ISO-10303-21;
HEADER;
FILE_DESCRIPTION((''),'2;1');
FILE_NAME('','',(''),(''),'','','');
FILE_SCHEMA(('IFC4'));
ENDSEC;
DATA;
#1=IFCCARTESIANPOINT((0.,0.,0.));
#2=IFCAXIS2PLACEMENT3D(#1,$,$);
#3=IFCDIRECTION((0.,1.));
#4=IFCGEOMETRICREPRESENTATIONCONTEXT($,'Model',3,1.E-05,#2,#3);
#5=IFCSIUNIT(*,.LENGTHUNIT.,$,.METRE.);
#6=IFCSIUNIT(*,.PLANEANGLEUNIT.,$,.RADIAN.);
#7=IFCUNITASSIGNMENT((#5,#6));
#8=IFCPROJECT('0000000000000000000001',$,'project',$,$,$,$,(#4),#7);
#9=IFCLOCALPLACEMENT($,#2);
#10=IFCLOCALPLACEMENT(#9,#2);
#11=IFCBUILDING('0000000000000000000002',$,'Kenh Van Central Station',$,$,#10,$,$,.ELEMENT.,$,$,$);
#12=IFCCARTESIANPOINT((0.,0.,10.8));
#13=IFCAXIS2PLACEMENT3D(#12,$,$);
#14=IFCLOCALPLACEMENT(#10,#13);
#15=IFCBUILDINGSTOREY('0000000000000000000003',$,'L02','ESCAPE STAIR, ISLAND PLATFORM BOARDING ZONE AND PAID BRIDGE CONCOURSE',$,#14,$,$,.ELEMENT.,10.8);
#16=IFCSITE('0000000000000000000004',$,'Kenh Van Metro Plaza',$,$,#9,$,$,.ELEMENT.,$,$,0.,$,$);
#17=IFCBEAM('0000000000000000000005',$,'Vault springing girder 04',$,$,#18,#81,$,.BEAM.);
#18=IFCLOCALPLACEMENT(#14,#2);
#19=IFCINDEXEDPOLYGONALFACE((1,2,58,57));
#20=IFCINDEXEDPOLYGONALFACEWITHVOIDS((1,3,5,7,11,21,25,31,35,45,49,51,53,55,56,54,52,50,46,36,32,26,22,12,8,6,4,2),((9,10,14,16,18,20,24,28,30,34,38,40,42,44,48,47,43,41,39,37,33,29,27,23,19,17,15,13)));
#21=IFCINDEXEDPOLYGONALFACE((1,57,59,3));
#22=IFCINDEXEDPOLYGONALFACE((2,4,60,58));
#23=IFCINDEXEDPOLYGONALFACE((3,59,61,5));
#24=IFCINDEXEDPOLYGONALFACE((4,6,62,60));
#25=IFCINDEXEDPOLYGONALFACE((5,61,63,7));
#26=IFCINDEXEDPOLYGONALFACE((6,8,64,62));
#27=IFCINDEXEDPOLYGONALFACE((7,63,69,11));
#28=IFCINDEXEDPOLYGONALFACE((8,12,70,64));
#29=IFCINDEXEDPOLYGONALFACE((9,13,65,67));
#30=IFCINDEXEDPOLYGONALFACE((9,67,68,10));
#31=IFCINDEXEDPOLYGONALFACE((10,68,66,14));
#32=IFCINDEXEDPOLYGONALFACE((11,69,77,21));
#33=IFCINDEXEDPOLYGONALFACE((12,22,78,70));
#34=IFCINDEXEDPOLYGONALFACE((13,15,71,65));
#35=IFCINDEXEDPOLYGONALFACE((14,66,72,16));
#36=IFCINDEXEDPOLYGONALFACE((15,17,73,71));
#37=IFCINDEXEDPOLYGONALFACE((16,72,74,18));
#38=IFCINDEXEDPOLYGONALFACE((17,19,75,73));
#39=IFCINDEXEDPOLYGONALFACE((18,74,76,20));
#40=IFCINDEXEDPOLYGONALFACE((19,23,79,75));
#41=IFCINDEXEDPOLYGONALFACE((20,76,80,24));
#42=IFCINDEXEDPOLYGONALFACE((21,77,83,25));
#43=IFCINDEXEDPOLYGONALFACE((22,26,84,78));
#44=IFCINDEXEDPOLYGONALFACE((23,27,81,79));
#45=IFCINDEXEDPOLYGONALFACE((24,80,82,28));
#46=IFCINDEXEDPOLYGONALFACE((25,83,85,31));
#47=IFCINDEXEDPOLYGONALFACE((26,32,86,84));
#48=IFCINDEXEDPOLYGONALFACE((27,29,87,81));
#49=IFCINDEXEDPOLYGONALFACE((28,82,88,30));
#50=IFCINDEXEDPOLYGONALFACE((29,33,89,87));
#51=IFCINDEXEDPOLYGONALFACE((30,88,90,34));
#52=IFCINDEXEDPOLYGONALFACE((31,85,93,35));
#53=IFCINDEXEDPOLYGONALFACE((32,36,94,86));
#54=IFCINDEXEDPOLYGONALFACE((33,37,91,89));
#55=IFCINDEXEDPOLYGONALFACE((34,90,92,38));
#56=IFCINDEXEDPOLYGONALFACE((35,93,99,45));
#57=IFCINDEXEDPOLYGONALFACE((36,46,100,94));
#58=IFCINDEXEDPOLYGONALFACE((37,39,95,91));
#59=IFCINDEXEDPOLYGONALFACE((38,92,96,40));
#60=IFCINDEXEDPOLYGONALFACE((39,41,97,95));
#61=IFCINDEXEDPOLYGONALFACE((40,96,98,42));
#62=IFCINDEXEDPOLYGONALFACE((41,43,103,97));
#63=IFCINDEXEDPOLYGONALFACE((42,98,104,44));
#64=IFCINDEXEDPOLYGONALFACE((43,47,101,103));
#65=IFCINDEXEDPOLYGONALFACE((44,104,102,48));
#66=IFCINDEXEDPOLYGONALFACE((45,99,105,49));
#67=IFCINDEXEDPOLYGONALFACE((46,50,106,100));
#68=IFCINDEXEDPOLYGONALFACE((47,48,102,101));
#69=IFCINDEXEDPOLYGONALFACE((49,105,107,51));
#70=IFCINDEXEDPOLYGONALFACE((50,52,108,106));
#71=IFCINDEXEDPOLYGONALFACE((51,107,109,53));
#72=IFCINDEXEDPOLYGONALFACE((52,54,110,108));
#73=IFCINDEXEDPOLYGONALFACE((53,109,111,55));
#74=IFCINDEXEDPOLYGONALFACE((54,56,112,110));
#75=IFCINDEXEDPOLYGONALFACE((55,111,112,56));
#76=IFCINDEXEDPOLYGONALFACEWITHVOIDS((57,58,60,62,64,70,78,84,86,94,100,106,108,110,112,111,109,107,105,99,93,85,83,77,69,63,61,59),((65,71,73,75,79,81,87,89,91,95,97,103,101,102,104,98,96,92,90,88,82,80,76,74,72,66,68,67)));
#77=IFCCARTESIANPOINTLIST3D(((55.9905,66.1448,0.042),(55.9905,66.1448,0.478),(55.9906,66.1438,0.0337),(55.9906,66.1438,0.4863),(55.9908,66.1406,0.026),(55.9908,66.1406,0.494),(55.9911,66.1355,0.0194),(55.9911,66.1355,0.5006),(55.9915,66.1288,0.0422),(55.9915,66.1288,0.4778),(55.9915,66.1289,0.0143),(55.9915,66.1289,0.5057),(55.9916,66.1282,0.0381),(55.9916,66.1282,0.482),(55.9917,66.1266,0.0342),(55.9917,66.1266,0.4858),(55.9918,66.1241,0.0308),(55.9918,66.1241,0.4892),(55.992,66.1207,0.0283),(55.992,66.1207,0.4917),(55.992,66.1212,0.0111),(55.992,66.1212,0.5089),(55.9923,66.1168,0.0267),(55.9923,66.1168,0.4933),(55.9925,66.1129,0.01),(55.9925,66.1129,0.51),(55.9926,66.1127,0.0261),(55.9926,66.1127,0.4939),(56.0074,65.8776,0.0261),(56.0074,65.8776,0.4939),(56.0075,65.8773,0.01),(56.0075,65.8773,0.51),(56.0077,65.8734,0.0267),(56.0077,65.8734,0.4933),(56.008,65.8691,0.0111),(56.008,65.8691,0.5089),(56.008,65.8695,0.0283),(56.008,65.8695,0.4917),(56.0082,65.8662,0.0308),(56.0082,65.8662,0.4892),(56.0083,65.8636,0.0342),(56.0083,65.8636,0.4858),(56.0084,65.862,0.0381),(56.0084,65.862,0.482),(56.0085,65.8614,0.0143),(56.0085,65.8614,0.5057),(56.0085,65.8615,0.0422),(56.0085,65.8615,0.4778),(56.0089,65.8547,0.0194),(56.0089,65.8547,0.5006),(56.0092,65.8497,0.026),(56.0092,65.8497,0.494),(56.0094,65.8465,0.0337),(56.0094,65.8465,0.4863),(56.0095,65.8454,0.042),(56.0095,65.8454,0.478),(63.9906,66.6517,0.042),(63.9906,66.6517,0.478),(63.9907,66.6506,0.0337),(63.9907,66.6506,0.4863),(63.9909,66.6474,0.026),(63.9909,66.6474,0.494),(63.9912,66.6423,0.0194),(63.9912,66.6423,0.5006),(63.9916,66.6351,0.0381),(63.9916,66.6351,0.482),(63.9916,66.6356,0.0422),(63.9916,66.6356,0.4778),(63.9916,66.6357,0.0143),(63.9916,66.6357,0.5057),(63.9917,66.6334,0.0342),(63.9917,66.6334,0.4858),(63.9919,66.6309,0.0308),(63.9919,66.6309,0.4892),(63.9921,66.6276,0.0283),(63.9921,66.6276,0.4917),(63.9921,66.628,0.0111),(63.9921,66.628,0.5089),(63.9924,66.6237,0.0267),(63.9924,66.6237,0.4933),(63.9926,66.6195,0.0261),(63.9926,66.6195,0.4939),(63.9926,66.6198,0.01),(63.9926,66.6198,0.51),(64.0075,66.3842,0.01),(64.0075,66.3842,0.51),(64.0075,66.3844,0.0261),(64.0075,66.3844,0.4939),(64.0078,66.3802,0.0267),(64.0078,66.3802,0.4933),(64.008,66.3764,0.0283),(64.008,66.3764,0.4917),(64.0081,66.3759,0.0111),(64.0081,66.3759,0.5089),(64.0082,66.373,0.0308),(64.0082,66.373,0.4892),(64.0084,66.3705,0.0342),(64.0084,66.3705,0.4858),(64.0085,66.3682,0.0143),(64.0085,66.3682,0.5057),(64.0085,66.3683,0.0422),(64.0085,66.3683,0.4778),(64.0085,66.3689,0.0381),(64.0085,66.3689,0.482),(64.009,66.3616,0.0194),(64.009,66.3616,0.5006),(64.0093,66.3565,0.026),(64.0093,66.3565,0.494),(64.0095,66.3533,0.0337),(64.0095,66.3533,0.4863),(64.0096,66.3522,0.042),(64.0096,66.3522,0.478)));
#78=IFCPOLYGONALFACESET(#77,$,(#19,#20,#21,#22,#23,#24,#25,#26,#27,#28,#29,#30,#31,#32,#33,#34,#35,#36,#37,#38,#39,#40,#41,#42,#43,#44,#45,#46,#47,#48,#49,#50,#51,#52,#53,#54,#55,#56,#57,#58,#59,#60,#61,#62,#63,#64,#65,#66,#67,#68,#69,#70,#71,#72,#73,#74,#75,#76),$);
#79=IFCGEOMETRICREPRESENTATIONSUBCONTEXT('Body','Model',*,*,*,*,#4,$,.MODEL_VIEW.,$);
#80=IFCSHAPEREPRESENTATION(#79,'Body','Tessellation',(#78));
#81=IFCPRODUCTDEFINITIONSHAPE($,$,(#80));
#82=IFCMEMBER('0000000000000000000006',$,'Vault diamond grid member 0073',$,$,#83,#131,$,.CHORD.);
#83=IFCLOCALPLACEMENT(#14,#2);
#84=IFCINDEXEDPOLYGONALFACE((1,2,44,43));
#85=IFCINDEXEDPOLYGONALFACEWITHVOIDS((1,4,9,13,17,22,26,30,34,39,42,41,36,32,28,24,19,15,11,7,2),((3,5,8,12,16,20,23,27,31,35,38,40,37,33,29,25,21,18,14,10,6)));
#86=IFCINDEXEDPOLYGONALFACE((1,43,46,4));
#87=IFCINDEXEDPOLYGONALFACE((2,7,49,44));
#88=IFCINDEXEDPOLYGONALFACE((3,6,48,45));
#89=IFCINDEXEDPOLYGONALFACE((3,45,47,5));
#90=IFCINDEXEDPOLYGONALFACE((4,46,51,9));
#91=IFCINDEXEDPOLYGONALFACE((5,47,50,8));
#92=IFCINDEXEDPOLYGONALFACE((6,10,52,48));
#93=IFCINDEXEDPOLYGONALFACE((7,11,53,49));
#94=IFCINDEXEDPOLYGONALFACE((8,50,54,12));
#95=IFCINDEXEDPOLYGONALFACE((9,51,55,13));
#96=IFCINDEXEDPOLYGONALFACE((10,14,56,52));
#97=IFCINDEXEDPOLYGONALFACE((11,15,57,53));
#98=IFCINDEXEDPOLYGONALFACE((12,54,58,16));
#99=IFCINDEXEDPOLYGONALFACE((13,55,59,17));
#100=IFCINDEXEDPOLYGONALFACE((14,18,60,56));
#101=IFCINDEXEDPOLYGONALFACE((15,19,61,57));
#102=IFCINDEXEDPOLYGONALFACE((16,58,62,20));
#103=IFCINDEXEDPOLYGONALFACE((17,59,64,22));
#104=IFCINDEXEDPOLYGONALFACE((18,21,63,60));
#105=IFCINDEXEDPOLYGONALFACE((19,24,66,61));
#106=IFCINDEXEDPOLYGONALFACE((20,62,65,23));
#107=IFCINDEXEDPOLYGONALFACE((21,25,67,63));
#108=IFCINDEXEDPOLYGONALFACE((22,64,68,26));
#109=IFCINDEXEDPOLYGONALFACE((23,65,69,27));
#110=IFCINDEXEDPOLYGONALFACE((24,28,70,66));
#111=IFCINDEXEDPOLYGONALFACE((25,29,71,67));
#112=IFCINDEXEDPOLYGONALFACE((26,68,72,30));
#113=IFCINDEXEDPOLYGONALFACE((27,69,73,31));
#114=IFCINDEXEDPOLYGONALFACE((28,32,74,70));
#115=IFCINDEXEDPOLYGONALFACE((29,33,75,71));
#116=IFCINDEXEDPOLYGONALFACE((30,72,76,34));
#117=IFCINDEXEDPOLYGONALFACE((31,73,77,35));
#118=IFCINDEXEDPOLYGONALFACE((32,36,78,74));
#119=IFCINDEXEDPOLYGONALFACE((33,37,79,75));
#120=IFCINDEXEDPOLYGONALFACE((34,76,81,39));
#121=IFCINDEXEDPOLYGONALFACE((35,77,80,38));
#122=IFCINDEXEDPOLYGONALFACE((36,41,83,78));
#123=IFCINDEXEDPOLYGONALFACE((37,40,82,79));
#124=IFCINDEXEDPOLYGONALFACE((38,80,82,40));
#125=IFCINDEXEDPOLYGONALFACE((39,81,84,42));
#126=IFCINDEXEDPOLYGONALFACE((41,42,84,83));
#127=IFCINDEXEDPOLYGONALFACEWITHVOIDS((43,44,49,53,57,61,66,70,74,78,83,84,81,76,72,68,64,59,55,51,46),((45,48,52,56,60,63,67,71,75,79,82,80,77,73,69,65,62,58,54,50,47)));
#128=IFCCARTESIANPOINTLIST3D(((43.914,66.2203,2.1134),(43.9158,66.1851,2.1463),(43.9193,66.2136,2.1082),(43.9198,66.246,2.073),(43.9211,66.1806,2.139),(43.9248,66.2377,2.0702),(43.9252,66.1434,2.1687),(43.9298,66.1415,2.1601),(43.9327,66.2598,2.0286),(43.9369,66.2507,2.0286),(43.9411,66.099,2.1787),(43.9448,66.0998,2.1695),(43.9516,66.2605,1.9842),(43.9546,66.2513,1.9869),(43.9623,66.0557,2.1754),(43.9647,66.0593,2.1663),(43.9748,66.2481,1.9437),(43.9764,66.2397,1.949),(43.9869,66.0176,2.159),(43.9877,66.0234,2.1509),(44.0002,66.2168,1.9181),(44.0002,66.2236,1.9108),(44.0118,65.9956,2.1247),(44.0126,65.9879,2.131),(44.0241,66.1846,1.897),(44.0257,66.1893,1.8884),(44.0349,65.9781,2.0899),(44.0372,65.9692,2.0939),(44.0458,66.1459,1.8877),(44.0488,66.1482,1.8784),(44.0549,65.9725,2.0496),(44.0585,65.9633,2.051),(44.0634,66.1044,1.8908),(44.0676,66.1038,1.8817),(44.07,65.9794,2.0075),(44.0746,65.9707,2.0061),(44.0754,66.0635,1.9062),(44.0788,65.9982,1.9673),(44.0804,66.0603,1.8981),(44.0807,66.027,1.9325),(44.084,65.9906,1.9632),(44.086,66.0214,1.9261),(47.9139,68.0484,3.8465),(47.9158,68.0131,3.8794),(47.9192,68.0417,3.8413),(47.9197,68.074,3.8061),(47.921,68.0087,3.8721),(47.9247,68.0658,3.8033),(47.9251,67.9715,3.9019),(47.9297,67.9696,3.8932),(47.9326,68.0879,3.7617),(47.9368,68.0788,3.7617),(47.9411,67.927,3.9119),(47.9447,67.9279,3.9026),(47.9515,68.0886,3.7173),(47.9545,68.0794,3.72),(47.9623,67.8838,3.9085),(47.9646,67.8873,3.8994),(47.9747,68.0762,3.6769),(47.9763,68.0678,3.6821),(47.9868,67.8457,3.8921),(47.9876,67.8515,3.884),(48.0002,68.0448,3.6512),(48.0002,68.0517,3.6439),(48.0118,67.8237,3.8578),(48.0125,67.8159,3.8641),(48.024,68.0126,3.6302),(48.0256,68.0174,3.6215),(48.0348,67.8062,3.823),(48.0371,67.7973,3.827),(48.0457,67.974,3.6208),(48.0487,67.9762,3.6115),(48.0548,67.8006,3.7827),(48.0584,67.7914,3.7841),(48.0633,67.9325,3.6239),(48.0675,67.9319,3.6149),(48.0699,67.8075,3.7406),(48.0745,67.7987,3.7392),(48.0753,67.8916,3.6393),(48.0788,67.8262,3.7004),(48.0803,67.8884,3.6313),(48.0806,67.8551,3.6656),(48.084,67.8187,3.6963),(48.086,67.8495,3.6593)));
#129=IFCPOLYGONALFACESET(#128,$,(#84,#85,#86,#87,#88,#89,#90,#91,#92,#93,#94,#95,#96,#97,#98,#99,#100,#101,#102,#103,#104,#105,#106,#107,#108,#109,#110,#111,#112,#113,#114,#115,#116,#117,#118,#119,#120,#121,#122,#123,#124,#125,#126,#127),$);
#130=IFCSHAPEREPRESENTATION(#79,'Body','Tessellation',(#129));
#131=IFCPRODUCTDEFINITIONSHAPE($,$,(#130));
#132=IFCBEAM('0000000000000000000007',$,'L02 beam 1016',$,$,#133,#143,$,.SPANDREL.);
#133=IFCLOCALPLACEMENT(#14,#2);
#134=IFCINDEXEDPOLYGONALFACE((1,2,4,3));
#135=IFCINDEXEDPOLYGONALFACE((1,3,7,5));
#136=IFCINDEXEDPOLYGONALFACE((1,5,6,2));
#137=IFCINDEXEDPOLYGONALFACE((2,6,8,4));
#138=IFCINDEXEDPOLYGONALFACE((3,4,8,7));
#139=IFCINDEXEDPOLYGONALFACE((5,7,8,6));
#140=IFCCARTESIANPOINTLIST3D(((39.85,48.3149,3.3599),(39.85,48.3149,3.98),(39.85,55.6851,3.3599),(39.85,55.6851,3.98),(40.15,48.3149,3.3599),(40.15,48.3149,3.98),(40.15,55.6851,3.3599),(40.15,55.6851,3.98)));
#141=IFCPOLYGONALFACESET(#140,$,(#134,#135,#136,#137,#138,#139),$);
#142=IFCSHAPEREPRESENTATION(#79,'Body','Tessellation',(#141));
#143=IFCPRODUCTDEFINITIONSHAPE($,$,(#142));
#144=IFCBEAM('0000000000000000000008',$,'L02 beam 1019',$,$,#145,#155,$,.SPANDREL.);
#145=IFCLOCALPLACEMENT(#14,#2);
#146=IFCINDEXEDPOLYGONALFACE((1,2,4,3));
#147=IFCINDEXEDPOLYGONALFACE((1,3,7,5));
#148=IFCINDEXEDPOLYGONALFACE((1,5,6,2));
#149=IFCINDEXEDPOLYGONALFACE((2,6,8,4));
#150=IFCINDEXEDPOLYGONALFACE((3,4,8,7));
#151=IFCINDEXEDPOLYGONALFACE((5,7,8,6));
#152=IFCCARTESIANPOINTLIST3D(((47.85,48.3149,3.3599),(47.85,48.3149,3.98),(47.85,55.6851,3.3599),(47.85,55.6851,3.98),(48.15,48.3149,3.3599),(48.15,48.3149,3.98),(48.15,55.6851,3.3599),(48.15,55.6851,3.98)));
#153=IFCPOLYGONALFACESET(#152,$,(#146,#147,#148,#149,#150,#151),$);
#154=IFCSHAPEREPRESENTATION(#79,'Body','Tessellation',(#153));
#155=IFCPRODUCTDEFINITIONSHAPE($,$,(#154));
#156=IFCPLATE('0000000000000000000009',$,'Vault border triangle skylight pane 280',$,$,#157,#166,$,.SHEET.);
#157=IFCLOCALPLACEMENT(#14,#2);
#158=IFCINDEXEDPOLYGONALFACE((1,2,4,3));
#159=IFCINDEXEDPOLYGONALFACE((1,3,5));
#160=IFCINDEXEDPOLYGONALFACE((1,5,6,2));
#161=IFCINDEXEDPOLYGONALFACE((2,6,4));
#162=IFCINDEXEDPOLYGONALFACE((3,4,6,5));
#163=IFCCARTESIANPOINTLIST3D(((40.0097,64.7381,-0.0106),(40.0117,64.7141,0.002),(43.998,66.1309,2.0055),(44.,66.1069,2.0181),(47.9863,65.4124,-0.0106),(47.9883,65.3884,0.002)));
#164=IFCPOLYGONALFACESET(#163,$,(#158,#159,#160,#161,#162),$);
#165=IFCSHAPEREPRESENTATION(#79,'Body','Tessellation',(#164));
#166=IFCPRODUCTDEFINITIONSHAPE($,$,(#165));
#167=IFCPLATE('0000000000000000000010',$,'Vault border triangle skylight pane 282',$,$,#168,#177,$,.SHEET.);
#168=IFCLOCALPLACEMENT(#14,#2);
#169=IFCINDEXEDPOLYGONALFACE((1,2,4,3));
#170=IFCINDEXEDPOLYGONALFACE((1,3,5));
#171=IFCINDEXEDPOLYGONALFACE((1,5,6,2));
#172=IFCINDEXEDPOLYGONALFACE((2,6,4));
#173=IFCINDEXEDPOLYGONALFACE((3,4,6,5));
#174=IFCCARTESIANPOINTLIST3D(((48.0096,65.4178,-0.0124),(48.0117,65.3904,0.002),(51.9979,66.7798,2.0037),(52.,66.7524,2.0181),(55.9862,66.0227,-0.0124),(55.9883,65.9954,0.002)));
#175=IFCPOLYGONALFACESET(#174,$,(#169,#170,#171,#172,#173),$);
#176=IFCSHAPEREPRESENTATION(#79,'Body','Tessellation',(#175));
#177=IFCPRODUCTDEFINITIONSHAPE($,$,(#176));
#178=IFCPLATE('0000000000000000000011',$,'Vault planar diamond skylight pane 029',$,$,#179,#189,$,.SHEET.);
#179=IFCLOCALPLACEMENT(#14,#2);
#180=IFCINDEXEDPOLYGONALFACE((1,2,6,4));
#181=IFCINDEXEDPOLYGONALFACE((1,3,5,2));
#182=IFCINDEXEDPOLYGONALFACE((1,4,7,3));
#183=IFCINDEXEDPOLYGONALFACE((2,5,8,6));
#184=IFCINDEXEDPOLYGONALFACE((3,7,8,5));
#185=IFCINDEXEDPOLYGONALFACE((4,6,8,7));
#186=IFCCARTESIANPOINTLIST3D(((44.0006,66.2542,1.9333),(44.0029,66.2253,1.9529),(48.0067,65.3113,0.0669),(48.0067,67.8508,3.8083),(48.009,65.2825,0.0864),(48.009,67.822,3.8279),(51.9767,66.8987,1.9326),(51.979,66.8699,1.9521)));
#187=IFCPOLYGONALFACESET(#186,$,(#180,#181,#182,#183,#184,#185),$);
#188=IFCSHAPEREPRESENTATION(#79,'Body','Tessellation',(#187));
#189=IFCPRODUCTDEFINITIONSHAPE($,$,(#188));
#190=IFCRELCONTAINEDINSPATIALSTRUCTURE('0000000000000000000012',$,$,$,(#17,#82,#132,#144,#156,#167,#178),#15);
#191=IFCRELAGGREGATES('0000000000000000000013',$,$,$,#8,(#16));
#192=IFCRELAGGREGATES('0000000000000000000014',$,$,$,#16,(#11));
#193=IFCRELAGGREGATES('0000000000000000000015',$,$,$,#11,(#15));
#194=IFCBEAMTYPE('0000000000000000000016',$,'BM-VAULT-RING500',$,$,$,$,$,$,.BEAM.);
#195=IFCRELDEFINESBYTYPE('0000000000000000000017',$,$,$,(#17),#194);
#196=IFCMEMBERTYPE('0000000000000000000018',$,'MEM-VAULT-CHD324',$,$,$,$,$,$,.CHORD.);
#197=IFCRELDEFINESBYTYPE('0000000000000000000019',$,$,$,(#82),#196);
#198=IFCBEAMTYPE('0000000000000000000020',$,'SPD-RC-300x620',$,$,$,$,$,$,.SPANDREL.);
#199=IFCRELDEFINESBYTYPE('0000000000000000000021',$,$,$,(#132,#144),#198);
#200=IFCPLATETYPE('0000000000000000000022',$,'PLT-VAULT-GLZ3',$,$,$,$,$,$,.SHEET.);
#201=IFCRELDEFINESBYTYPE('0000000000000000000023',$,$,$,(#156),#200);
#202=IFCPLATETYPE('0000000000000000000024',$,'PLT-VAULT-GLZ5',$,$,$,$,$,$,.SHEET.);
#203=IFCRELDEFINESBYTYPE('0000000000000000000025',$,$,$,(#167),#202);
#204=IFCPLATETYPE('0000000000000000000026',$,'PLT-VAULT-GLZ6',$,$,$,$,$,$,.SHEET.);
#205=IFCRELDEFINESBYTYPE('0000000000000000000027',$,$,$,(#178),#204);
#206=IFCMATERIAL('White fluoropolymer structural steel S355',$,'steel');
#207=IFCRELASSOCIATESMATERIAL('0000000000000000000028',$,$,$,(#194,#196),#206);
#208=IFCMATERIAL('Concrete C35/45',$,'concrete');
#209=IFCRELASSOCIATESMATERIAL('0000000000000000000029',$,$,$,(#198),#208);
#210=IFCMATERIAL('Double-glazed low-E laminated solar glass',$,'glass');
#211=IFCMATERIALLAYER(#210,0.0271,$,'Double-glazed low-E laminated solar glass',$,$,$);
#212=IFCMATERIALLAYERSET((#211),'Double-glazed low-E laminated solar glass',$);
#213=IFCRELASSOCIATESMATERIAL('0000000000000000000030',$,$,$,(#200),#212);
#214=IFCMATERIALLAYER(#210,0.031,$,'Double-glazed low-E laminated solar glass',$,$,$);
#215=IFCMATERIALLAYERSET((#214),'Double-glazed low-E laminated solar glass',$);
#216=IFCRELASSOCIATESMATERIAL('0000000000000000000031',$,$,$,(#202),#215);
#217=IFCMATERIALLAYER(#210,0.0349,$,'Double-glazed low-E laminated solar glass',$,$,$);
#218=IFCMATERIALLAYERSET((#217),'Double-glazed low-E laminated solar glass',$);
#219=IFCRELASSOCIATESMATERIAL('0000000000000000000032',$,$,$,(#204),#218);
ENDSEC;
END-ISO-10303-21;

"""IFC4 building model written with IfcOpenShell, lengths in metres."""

from ifc_helpers import new_model, si_unit, direction, frame, origin, origin_2d, place, context, subcontext, project, spatial, polyline, rectangle, hollow_rectangle, hollow_circle, outline, extrude, material, layer, layer_set, material_profile, profile_set, type_object, element, save


model = new_model("IFC4")

# Units and contexts
model_context = context("Model", 3, precision=1e-05, world=origin(), true_north=direction((0.0, 1.0)))
body_context = subcontext(model_context, "Body", "Model", "MODEL_VIEW")
ifc_project = project(units=[si_unit("LENGTHUNIT", "METRE"), si_unit("PLANEANGLEUNIT", "RADIAN")], contexts=[model_context])

# Site, building, storey
site_placement = place(None, origin())
site = spatial("IfcSite", under=ifc_project, at=site_placement, Name="Kenh Van Metro Plaza", CompositionType="ELEMENT", RefElevation=0.0)
building_placement = place(site_placement, origin())
building = spatial("IfcBuilding", under=site, at=building_placement, Name="Kenh Van Central Station", CompositionType="ELEMENT")
storey_placement = place(building_placement, frame((0.0, 0.0, 10.8)))
storey = spatial("IfcBuildingStorey", under=building, at=storey_placement, Name="L02", Description="ESCAPE STAIR, ISLAND PLATFORM BOARDING ZONE AND PAID BRIDGE CONCOURSE", CompositionType="ELEMENT", Elevation=10.8)

# Shared definitions
ifc_material_1 = material(Name="Concrete C35/45", Category="concrete")

# Beam
ifc_material_2 = material(Name="White fluoropolymer structural steel S355", Category="steel")
ifc_material_profile_1 = material_profile(ifc_material_2, hollow_rectangle(XDim=0.3, YDim=0.5, WallThickness=0.0161, InnerFilletRadius=0.0161, OuterFilletRadius=0.032, at=origin_2d()), Name="RHS 500x300x16")
ifc_profile_set_1 = profile_set([ifc_material_profile_1], Name="White fluoropolymer structural steel S355")
beam_type_1 = type_object("IfcBeamType", Name="BM-VAULT-RING500", PredefinedType="BEAM", material=ifc_profile_set_1)
beam_1_placement = place(storey_placement, frame((56.0, 65.9951, 0.26), z_axis=(0.997999, 0.063228, 0.0), x_axis=(-0.063228, 0.997999, 0.0)))
element("IfcBeam", 1, at=beam_1_placement, inside=storey, type_object=beam_type_1, Name="Vault springing girder 04", PredefinedType="BEAM", context=body_context, shape_type="SweptSolid", body=[
    extrude(hollow_rectangle(XDim=0.3, YDim=0.5, WallThickness=0.0161, InnerFilletRadius=0.0161, OuterFilletRadius=0.032, at=origin_2d()), origin(), (0.0, 0.0, 1.0), 8.0161),
])

# Member
ifc_material_profile_2 = material_profile(ifc_material_2, hollow_circle(Radius=0.1619, WallThickness=0.01, at=origin_2d()), Name="CHS 323.9x10")
ifc_profile_set_2 = profile_set([ifc_material_profile_2], Name="White fluoropolymer structural steel S355")
member_type = type_object("IfcMemberType", Name="MEM-VAULT-CHD324", PredefinedType="CHORD", material=ifc_profile_set_2)
member_placement = place(storey_placement, frame((44.0, 66.1125, 2.0286), z_axis=(0.846177, 0.38673, 0.366639), x_axis=(-0.415676, 0.909513, 0.0)))
element("IfcMember", 2, at=member_placement, inside=storey, type_object=member_type, Name="Vault diamond grid member 0073", PredefinedType="CHORD", context=body_context, shape_type="SweptSolid", body=[
    extrude(hollow_circle(Radius=0.1619, WallThickness=0.01, at=origin_2d()), origin(), (0.0, 0.0, 1.0), 4.7271),
])

# Beams
ifc_material_profile_3 = material_profile(ifc_material_1, rectangle(XDim=0.3, YDim=0.6201, at=origin_2d()), Name="RC 300x620")
ifc_profile_set_3 = profile_set([ifc_material_profile_3], Name="Concrete C35/45")
beam_type_2 = type_object("IfcBeamType", Name="SPD-RC-300x620", PredefinedType="SPANDREL", material=ifc_profile_set_3)
for number, where, z_axis, x_axis, name in (
    (3, (40.0, 48.3149, 3.6699), (0.0, 1.0, 0.0), (-1.0, 0.0, 0.0), "L02 beam 1016"),
    (4, (48.0, 48.3149, 3.6699), (0.0, 1.0, 0.0), (-1.0, 0.0, 0.0), "L02 beam 1019"),
):
    element("IfcBeam", number, at=place(storey_placement, frame(where, z_axis=z_axis, x_axis=x_axis)), inside=storey, type_object=beam_type_2, Name=name, PredefinedType="SPANDREL", context=body_context, shape_type="SweptSolid", body=[
        extrude(rectangle(XDim=0.3, YDim=0.6201, at=origin_2d()), origin(), (0.0, 0.0, 1.0), 7.3701),
    ])

# Plates
ifc_material_3 = material(Name="Double-glazed low-E laminated solar glass", Category="glass")
ifc_layer_1 = layer(ifc_material_3, 0.0271, Name="Double-glazed low-E laminated solar glass")
ifc_layer_set_1 = layer_set([ifc_layer_1], Name="Double-glazed low-E laminated solar glass")
plate_type_1 = type_object("IfcPlateType", Name="PLT-VAULT-GLZ3", PredefinedType="SHEET", material=ifc_layer_set_1)
plate_1_placement = place(storey_placement, frame((40.0117, 64.7141, 0.002), z_axis=(0.074683, -0.883429, 0.462575), x_axis=(0.996446, 0.084237, 0.0)))
element("IfcPlate", 5, at=plate_1_placement, inside=storey, type_object=plate_type_1, Name="Vault border triangle skylight pane 280", PredefinedType="SHEET", context=body_context, shape_type="SweptSolid", body=[
    extrude(outline(polyline([(0.0, 0.0), (8.005, 0.0), (4.0914, 2.274), (0.0, 0.0)])), origin(), (0.0, 0.0, -1.0), 0.0271),
])
ifc_layer_2 = layer(ifc_material_3, 0.031, Name="Double-glazed low-E laminated solar glass")
ifc_layer_set_2 = layer_set([ifc_layer_2], Name="Double-glazed low-E laminated solar glass")
plate_type_2 = type_object("IfcPlateType", Name="PLT-VAULT-GLZ5", PredefinedType="SHEET", material=ifc_layer_set_2)
plate_2_placement = place(storey_placement, frame((48.0117, 65.3904, 0.002), z_axis=(0.066987, -0.883209, 0.464171), x_axis=(0.997136, 0.075628, 0.0)))
element("IfcPlate", 6, at=plate_2_placement, inside=storey, type_object=plate_type_2, Name="Vault border triangle skylight pane 282", PredefinedType="SHEET", context=body_context, shape_type="SweptSolid", body=[
    extrude(outline(polyline([(0.0, 0.0), (7.9995, 0.0), (4.0799, 2.2762), (0.0, 0.0)])), origin(), (0.0, 0.0, -1.0), 0.031),
])
ifc_layer_3 = layer(ifc_material_3, 0.0349, Name="Double-glazed low-E laminated solar glass")
ifc_layer_set_3 = layer_set([ifc_layer_3], Name="Double-glazed low-E laminated solar glass")
plate_type_3 = type_object("IfcPlateType", Name="PLT-VAULT-GLZ6", PredefinedType="SHEET", material=ifc_layer_set_3)
plate_3_placement = place(storey_placement, frame((44.0029, 66.2253, 1.9529), z_axis=(0.066763, -0.825557, 0.560355), x_axis=(0.886499, -0.20865, -0.413019)))
element("IfcPlate", 7, at=plate_3_placement, inside=storey, type_object=plate_type_3, Name="Vault planar diamond skylight pane 029", PredefinedType="SHEET", context=body_context, shape_type="SweptSolid", body=[
    extrude(outline(polyline([(0.0, 0.0), (4.519, 0.0), (6.9366, 3.9896), (2.4438, 4.0176), (0.0, 0.0)])), origin(), (0.0, 0.0, -1.0), 0.0349),
])

save(model, "model.ifc")
